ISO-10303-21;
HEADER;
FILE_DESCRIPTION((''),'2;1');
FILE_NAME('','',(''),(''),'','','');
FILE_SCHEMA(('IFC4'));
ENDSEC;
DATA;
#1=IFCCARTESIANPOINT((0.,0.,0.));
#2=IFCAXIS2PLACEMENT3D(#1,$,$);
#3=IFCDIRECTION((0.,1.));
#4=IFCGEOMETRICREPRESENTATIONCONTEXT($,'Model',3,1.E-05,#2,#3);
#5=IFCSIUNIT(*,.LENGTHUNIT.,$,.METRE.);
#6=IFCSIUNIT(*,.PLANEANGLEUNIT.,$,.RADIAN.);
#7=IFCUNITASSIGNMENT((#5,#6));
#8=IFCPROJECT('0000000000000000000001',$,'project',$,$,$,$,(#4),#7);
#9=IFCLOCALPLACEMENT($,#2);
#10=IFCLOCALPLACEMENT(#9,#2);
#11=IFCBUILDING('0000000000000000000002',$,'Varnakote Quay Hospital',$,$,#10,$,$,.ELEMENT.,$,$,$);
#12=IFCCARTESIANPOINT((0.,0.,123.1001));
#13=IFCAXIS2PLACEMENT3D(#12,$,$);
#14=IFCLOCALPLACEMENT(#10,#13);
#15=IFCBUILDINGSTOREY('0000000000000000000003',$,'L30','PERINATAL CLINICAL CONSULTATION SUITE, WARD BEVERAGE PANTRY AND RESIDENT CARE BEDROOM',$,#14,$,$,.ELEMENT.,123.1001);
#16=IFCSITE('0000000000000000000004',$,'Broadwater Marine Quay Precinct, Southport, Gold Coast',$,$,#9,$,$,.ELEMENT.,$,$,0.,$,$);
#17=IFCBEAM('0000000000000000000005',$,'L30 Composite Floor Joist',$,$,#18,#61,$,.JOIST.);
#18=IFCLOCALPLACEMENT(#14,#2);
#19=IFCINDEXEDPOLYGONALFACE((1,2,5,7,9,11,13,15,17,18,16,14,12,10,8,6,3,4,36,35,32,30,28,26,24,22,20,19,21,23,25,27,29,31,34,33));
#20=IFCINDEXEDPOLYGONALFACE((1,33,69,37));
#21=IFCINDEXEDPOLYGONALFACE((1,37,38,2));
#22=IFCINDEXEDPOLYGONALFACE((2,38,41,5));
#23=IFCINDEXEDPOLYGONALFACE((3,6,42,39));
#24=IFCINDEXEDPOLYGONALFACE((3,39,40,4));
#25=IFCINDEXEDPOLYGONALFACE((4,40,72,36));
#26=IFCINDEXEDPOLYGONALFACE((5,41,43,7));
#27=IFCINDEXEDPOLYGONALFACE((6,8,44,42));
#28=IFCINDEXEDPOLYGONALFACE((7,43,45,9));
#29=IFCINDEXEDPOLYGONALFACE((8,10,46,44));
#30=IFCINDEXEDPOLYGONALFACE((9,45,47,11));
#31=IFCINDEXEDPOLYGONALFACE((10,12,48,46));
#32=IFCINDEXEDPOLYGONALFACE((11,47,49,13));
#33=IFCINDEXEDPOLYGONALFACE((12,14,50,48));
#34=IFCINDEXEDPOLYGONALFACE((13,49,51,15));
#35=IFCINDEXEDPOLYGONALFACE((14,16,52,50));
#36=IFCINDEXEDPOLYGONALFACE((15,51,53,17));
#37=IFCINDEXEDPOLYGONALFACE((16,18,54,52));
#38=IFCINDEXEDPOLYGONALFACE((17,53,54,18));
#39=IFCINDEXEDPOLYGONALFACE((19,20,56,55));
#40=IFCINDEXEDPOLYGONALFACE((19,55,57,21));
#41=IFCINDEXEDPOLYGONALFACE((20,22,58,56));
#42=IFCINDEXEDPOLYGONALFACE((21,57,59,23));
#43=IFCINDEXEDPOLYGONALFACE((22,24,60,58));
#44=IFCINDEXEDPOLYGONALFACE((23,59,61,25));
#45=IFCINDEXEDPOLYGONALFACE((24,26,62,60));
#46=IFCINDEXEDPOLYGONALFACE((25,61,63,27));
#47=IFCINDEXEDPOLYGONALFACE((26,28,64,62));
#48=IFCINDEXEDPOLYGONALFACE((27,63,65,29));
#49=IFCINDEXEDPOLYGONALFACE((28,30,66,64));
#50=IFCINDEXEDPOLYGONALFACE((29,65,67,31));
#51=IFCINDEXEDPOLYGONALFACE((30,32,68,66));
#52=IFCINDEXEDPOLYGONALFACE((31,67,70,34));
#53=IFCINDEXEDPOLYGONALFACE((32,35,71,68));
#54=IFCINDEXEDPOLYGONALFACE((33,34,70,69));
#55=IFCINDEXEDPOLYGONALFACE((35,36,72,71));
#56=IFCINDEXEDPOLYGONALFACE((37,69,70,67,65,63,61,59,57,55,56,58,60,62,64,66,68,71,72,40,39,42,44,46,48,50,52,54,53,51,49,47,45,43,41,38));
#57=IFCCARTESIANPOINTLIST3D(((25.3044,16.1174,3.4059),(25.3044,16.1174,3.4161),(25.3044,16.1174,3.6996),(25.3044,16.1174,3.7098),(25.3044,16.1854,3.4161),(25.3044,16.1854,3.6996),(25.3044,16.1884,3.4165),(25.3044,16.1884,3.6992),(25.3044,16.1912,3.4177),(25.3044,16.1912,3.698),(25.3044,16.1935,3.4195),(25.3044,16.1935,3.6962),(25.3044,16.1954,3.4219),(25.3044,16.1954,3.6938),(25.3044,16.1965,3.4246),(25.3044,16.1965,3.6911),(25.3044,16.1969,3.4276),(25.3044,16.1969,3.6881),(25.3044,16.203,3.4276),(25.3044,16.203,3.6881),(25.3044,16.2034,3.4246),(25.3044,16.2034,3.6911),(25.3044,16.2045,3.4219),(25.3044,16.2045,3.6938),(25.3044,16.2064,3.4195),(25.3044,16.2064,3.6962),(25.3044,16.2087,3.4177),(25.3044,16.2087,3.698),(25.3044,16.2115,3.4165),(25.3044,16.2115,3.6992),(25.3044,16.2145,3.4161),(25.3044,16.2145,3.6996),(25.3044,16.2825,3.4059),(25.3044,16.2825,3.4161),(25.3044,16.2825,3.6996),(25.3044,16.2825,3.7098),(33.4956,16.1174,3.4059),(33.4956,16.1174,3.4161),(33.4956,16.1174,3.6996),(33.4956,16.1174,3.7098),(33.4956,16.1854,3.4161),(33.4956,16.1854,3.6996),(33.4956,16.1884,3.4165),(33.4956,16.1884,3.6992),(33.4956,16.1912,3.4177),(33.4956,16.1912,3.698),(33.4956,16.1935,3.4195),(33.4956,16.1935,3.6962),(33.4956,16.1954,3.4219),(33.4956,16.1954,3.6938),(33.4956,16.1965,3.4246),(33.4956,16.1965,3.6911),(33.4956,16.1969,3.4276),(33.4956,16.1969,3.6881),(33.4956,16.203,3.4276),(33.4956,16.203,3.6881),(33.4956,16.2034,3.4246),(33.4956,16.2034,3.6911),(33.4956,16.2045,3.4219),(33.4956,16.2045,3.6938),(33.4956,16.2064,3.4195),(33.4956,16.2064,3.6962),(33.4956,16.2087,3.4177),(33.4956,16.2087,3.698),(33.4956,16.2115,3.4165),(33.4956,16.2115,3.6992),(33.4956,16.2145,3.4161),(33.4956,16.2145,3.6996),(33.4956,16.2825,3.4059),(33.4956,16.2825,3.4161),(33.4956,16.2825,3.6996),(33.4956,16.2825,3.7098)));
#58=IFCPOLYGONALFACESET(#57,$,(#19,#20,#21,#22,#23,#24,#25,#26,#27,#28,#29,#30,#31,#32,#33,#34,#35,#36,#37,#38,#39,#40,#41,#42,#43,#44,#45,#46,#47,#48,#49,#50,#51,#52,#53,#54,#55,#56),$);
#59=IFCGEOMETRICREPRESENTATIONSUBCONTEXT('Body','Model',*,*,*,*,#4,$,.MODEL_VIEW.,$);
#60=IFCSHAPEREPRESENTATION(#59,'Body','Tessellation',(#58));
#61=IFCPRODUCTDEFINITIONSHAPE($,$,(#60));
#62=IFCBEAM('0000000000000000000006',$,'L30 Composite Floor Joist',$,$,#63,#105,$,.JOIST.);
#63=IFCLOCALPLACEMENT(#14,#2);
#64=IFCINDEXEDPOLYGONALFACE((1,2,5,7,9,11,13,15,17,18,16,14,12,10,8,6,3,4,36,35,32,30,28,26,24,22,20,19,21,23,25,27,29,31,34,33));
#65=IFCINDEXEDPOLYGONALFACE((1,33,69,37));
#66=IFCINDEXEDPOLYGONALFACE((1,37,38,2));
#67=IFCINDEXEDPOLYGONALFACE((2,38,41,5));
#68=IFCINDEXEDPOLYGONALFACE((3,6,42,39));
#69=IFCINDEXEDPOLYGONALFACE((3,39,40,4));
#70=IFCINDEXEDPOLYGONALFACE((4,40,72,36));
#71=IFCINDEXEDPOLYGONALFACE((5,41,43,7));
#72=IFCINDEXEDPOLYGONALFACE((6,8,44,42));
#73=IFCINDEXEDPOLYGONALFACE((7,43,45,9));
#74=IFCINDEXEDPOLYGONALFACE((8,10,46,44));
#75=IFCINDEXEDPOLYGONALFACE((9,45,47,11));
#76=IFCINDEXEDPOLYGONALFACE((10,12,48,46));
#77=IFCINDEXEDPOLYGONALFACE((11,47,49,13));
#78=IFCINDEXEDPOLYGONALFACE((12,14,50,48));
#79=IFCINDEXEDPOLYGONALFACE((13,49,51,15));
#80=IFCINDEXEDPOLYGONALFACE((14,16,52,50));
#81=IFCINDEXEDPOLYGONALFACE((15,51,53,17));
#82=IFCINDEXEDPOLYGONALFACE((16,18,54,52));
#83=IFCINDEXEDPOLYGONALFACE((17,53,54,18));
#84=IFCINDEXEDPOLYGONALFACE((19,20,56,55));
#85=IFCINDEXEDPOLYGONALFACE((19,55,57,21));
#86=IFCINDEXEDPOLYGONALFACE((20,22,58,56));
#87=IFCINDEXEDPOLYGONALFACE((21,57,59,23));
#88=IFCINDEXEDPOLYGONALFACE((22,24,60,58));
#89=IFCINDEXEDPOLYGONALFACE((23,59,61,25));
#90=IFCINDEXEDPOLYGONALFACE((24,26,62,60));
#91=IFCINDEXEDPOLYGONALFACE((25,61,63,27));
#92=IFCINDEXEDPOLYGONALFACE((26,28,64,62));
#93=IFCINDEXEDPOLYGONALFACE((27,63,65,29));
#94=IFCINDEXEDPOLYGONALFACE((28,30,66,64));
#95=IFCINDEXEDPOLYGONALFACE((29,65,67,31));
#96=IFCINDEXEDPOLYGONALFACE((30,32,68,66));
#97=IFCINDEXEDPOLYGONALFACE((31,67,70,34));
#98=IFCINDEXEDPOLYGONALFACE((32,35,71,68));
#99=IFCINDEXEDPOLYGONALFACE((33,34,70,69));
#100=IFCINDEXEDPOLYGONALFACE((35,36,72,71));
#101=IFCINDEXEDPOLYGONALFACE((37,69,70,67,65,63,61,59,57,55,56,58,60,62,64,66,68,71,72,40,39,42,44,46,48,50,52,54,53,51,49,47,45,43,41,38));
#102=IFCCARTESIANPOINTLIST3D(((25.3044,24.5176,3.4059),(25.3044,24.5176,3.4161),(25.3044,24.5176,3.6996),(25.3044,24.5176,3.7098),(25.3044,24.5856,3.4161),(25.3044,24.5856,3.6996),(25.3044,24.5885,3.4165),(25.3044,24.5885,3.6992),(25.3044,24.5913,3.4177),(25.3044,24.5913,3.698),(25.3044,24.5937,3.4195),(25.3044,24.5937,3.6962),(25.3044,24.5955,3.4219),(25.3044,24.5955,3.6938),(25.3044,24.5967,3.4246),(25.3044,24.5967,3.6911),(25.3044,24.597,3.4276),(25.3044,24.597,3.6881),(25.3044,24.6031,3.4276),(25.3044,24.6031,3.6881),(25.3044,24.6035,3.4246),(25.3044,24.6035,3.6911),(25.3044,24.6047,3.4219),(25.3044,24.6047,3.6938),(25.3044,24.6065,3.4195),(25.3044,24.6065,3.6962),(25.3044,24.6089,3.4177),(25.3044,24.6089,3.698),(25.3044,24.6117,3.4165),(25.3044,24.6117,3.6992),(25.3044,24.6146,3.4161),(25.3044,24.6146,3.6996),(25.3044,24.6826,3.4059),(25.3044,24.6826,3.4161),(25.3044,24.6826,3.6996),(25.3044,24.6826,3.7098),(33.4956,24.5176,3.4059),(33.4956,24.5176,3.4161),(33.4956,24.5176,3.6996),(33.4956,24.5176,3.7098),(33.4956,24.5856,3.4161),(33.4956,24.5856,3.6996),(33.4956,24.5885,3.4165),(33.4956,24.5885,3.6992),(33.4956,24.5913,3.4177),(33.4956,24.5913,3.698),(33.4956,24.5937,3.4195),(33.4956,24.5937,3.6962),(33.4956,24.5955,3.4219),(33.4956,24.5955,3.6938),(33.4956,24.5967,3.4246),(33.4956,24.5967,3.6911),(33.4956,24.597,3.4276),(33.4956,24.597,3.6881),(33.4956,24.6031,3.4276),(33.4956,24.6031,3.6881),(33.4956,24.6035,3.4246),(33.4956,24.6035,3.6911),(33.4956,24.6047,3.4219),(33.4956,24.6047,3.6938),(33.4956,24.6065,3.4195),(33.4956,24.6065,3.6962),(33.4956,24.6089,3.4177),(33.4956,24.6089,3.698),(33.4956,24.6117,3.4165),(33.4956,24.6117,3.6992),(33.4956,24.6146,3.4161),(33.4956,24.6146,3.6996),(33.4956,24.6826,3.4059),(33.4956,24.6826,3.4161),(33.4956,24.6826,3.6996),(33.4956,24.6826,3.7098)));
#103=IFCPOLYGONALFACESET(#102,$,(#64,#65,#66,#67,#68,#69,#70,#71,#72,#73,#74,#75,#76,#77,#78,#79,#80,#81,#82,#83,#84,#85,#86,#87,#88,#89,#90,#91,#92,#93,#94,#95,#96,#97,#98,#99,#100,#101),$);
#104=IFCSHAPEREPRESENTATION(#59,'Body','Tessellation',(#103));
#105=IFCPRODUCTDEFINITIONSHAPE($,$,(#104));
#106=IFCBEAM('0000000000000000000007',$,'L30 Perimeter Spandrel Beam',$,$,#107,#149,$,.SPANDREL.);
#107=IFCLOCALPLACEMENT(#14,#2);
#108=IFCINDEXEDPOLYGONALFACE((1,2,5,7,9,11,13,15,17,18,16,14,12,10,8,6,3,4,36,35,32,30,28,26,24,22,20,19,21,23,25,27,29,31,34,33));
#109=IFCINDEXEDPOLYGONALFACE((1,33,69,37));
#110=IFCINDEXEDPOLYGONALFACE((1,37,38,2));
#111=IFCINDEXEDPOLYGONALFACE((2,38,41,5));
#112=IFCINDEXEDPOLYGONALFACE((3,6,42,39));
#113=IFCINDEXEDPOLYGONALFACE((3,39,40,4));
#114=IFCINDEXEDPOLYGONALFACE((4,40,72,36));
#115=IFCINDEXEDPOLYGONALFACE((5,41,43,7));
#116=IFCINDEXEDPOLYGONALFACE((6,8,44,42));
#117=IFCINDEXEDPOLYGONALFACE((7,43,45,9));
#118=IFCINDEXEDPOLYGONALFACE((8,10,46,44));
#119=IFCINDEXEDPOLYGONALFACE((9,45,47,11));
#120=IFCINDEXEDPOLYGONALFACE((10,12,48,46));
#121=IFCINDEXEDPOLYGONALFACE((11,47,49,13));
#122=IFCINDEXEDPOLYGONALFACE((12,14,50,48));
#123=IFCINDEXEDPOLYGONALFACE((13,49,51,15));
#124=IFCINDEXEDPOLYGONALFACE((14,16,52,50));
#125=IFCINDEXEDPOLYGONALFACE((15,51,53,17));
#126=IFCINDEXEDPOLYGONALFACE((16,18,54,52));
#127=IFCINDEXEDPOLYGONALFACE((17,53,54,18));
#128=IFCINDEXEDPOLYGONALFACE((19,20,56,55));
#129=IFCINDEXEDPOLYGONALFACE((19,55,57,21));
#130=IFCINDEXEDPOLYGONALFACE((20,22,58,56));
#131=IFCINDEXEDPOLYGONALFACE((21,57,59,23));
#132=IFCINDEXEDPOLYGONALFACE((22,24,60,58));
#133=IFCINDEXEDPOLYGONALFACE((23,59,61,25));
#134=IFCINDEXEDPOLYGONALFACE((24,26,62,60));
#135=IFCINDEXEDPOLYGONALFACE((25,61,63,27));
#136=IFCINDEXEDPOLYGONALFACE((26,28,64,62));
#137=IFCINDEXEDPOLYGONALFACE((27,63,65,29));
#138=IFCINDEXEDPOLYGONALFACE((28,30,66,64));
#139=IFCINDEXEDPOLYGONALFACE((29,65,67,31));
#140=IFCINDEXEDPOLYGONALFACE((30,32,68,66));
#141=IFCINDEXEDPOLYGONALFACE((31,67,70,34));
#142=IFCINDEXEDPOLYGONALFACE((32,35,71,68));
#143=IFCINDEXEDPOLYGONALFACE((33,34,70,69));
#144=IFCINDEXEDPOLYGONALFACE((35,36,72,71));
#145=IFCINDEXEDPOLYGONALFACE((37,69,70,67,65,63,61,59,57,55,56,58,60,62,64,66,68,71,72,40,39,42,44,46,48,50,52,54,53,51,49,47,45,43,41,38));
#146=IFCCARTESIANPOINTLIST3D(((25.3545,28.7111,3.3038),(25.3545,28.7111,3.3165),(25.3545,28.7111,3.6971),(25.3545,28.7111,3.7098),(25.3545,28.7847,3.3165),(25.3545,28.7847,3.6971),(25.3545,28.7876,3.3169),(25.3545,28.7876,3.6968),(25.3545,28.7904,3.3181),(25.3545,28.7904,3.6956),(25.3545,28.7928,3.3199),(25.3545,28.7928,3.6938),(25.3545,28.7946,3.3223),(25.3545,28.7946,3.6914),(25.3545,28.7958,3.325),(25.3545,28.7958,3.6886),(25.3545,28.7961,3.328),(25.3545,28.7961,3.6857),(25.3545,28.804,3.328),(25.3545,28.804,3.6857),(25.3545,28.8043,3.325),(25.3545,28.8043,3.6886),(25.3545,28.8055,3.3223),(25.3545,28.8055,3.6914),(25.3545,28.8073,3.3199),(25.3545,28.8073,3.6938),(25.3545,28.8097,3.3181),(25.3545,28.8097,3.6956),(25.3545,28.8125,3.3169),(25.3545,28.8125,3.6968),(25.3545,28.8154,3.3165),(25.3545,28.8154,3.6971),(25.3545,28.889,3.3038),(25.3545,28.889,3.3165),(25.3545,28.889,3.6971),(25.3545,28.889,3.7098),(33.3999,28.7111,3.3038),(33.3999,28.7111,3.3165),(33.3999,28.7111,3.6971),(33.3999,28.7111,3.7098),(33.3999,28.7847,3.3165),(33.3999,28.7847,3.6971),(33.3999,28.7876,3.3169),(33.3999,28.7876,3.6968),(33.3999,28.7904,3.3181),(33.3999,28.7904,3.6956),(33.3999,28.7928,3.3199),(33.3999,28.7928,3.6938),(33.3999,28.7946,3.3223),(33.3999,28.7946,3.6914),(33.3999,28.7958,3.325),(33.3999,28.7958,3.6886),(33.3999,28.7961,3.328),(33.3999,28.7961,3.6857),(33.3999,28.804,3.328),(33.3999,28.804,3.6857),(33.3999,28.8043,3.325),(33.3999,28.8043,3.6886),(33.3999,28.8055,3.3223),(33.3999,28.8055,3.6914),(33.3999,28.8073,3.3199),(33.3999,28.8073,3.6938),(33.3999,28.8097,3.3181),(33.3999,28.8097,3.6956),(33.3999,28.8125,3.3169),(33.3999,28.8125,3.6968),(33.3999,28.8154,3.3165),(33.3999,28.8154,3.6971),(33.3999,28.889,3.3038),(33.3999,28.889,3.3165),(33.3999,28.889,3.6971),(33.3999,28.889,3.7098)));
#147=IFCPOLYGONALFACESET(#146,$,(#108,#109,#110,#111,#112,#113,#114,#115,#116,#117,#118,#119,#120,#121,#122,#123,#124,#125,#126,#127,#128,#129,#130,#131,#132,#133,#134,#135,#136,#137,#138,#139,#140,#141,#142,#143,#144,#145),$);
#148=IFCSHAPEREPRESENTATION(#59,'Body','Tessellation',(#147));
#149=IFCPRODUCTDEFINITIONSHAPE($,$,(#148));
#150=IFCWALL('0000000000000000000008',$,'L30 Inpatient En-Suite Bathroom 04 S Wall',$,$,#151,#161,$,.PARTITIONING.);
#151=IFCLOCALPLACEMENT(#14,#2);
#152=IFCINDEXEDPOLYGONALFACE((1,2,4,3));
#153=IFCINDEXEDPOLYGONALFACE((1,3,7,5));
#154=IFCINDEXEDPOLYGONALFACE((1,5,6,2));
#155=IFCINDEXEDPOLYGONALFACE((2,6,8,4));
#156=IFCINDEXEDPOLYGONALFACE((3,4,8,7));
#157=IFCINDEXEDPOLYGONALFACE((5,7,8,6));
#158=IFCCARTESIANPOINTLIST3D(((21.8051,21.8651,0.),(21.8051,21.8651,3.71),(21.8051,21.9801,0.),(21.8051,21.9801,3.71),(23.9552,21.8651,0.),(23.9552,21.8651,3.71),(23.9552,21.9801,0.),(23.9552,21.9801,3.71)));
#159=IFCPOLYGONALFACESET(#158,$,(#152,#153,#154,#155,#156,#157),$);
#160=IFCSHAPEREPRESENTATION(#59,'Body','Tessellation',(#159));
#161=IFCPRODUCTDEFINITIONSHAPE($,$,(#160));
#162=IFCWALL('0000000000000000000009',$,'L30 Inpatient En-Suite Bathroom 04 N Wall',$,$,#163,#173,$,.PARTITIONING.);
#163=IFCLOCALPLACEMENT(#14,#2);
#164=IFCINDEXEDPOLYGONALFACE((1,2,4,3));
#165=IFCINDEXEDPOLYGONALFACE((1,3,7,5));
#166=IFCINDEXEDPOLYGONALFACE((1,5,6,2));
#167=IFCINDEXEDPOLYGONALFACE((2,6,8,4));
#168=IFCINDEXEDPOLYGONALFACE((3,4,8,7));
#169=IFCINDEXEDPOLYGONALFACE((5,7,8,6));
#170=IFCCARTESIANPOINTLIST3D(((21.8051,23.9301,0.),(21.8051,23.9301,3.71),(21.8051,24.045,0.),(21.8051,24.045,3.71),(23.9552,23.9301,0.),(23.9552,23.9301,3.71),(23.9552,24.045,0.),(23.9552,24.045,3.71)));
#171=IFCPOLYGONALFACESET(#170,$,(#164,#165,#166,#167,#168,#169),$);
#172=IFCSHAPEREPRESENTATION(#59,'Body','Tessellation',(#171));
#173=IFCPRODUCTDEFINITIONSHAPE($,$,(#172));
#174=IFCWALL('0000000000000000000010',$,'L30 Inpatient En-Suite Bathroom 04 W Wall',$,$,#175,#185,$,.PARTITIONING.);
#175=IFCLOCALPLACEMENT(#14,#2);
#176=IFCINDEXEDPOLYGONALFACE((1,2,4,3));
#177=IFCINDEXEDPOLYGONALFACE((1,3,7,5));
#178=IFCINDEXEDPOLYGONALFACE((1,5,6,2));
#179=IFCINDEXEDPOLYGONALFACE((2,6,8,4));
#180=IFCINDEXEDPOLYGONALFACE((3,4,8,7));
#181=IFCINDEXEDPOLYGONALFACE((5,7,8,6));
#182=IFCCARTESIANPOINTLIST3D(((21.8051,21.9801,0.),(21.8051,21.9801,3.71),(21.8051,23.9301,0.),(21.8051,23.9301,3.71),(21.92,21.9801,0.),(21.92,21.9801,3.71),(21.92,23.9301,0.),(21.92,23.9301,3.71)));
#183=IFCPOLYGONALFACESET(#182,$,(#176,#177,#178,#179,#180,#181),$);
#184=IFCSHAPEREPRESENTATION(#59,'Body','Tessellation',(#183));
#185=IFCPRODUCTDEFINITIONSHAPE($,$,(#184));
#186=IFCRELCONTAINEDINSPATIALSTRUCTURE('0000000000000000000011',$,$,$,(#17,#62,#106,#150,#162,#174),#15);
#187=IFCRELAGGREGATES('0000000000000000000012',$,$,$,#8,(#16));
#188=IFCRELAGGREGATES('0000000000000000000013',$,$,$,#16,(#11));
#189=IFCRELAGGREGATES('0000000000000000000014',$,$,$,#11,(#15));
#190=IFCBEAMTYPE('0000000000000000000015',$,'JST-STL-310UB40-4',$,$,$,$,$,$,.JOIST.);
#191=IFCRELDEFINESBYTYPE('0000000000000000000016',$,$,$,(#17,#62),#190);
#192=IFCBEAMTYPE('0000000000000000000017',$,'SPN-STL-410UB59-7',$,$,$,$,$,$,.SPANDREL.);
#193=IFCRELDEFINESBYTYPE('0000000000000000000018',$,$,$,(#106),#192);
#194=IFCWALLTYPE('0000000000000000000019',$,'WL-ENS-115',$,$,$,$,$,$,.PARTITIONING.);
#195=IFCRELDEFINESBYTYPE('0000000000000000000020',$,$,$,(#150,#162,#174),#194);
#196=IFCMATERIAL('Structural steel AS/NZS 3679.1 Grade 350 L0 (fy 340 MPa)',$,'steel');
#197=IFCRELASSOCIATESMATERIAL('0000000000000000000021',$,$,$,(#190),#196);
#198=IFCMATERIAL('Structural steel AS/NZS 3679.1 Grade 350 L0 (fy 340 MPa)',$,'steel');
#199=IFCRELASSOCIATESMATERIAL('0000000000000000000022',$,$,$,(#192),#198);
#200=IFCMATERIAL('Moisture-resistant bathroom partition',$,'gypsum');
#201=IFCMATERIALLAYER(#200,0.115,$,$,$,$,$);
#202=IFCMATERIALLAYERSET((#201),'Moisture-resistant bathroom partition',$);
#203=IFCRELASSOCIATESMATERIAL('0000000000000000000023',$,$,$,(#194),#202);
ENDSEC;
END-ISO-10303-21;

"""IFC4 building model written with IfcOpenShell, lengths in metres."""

from ifc_helpers import new_model, si_unit, direction, frame, frame_2d, origin, origin_2d, place, context, subcontext, project, spatial, rectangle, i_section, extrude, material, layer, layer_set, material_profile, profile_set, type_object, element, save


model = new_model("IFC4")

# Units and contexts
model_context = context("Model", 3, precision=1e-05, world=origin(), true_north=direction((0.0, 1.0)))
body_context = subcontext(model_context, "Body", "Model", "MODEL_VIEW")
ifc_project = project(units=[si_unit("LENGTHUNIT", "METRE"), si_unit("PLANEANGLEUNIT", "RADIAN")], contexts=[model_context])

# Site, building, storey
site_placement = place(None, origin())
site = spatial("IfcSite", under=ifc_project, at=site_placement, Name="Broadwater Marine Quay Precinct, Southport, Gold Coast", CompositionType="ELEMENT", RefElevation=0.0)
building_placement = place(site_placement, origin())
building = spatial("IfcBuilding", under=site, at=building_placement, Name="Varnakote Quay Hospital", CompositionType="ELEMENT")
storey_placement = place(building_placement, frame((0.0, 0.0, 123.1001)))
storey = spatial("IfcBuildingStorey", under=building, at=storey_placement, Name="L30", Description="PERINATAL CLINICAL CONSULTATION SUITE, WARD BEVERAGE PANTRY AND RESIDENT CARE BEDROOM", CompositionType="ELEMENT", Elevation=123.1001)

# Beams
ifc_material_1 = material(Name="Structural steel AS/NZS 3679.1 Grade 350 L0 (fy 340 MPa)", Category="steel")
ifc_material_profile_1 = material_profile(ifc_material_1, i_section(OverallWidth=0.165, OverallDepth=0.304, WebThickness=0.0061, FlangeThickness=0.0103, FilletRadius=0.0115, at=origin_2d()), Name="310UB40.4")
ifc_profile_set_1 = profile_set([ifc_material_profile_1], Name="Structural steel AS/NZS 3679.1 Grade 350 L0 (fy 340 MPa)")
beam_type_1 = type_object("IfcBeamType", Name="JST-STL-310UB40-4", PredefinedType="JOIST", material=ifc_profile_set_1)
for number, where, z_axis, x_axis, name in (
    (1, (25.3044, 16.2, 3.5579), (1.0, 0.0, 0.0), (0.0, 1.0, 0.0), "L30 Composite Floor Joist"),
    (2, (25.3044, 24.6001, 3.5579), (1.0, 0.0, 0.0), (0.0, 1.0, 0.0), "L30 Composite Floor Joist"),
):
    element("IfcBeam", number, at=place(storey_placement, frame(where, z_axis=z_axis, x_axis=x_axis)), inside=storey, type_object=beam_type_1, Name=name, PredefinedType="JOIST", context=body_context, shape_type="SweptSolid", body=[
        extrude(i_section(OverallWidth=0.165, OverallDepth=0.304, WebThickness=0.0061, FlangeThickness=0.0103, FilletRadius=0.0115, at=origin_2d()), origin(), (0.0, 0.0, 1.0), 8.1912),
    ])
ifc_material_2 = material(Name="Structural steel AS/NZS 3679.1 Grade 350 L0 (fy 340 MPa)", Category="steel")
ifc_material_profile_2 = material_profile(ifc_material_2, i_section(OverallWidth=0.178, OverallDepth=0.406, WebThickness=0.0078, FlangeThickness=0.0127, FilletRadius=0.0115, at=origin_2d()), Name="410UB59.7")
ifc_profile_set_2 = profile_set([ifc_material_profile_2], Name="Structural steel AS/NZS 3679.1 Grade 350 L0 (fy 340 MPa)")
beam_type_2 = type_object("IfcBeamType", Name="SPN-STL-410UB59-7", PredefinedType="SPANDREL", material=ifc_profile_set_2)
beam_1_placement = place(storey_placement, frame((25.3545, 28.8, 3.5068), z_axis=(1.0, 0.0, 0.0), x_axis=(0.0, 1.0, 0.0)))
element("IfcBeam", 3, at=beam_1_placement, inside=storey, type_object=beam_type_2, Name="L30 Perimeter Spandrel Beam", PredefinedType="SPANDREL", context=body_context, shape_type="SweptSolid", body=[
    extrude(i_section(OverallWidth=0.178, OverallDepth=0.406, WebThickness=0.0078, FlangeThickness=0.0127, FilletRadius=0.0115, at=origin_2d()), origin(), (0.0, 0.0, 1.0), 8.0454),
])

# Walls
ifc_material_3 = material(Name="Moisture-resistant bathroom partition", Category="gypsum")
ifc_layer_1 = layer(ifc_material_3, 0.115)
ifc_layer_set_1 = layer_set([ifc_layer_1], Name="Moisture-resistant bathroom partition")
wall_type_1 = type_object("IfcWallType", Name="WL-ENS-115", PredefinedType="PARTITIONING", material=ifc_layer_set_1)
for number, where, z_axis, x_axis, name in (
    (4, (21.8049, 21.9226, 0.0), (0.0, 0.0, 1.0), (1.0, 0.0, 0.0), "L30 Inpatient En-Suite Bathroom 04 S Wall"),
    (5, (21.8049, 23.9875, 0.0), (0.0, 0.0, 1.0), (1.0, 0.0, 0.0), "L30 Inpatient En-Suite Bathroom 04 N Wall"),
):
    element("IfcWall", number, at=place(storey_placement, frame(where, z_axis=z_axis, x_axis=x_axis)), inside=storey, type_object=wall_type_1, Name=name, PredefinedType="PARTITIONING", context=body_context, shape_type="SweptSolid", body=[
        extrude(rectangle(XDim=2.1501, YDim=0.115, at=frame_2d((1.0752, 0.0))), origin(), (0.0, 0.0, 1.0), 3.71),
    ])
wall_1_placement = place(storey_placement, frame((21.8625, 21.98, 0.0), z_axis=(0.0, 0.0, 1.0), x_axis=(0.0, 1.0, 0.0)))
element("IfcWall", 6, at=wall_1_placement, inside=storey, type_object=wall_type_1, Name="L30 Inpatient En-Suite Bathroom 04 W Wall", PredefinedType="PARTITIONING", context=body_context, shape_type="SweptSolid", body=[
    extrude(rectangle(XDim=1.95, YDim=0.115, at=frame_2d((0.9751, 0.0))), origin(), (0.0, 0.0, 1.0), 3.71),
])

save(model, "model.ifc")
